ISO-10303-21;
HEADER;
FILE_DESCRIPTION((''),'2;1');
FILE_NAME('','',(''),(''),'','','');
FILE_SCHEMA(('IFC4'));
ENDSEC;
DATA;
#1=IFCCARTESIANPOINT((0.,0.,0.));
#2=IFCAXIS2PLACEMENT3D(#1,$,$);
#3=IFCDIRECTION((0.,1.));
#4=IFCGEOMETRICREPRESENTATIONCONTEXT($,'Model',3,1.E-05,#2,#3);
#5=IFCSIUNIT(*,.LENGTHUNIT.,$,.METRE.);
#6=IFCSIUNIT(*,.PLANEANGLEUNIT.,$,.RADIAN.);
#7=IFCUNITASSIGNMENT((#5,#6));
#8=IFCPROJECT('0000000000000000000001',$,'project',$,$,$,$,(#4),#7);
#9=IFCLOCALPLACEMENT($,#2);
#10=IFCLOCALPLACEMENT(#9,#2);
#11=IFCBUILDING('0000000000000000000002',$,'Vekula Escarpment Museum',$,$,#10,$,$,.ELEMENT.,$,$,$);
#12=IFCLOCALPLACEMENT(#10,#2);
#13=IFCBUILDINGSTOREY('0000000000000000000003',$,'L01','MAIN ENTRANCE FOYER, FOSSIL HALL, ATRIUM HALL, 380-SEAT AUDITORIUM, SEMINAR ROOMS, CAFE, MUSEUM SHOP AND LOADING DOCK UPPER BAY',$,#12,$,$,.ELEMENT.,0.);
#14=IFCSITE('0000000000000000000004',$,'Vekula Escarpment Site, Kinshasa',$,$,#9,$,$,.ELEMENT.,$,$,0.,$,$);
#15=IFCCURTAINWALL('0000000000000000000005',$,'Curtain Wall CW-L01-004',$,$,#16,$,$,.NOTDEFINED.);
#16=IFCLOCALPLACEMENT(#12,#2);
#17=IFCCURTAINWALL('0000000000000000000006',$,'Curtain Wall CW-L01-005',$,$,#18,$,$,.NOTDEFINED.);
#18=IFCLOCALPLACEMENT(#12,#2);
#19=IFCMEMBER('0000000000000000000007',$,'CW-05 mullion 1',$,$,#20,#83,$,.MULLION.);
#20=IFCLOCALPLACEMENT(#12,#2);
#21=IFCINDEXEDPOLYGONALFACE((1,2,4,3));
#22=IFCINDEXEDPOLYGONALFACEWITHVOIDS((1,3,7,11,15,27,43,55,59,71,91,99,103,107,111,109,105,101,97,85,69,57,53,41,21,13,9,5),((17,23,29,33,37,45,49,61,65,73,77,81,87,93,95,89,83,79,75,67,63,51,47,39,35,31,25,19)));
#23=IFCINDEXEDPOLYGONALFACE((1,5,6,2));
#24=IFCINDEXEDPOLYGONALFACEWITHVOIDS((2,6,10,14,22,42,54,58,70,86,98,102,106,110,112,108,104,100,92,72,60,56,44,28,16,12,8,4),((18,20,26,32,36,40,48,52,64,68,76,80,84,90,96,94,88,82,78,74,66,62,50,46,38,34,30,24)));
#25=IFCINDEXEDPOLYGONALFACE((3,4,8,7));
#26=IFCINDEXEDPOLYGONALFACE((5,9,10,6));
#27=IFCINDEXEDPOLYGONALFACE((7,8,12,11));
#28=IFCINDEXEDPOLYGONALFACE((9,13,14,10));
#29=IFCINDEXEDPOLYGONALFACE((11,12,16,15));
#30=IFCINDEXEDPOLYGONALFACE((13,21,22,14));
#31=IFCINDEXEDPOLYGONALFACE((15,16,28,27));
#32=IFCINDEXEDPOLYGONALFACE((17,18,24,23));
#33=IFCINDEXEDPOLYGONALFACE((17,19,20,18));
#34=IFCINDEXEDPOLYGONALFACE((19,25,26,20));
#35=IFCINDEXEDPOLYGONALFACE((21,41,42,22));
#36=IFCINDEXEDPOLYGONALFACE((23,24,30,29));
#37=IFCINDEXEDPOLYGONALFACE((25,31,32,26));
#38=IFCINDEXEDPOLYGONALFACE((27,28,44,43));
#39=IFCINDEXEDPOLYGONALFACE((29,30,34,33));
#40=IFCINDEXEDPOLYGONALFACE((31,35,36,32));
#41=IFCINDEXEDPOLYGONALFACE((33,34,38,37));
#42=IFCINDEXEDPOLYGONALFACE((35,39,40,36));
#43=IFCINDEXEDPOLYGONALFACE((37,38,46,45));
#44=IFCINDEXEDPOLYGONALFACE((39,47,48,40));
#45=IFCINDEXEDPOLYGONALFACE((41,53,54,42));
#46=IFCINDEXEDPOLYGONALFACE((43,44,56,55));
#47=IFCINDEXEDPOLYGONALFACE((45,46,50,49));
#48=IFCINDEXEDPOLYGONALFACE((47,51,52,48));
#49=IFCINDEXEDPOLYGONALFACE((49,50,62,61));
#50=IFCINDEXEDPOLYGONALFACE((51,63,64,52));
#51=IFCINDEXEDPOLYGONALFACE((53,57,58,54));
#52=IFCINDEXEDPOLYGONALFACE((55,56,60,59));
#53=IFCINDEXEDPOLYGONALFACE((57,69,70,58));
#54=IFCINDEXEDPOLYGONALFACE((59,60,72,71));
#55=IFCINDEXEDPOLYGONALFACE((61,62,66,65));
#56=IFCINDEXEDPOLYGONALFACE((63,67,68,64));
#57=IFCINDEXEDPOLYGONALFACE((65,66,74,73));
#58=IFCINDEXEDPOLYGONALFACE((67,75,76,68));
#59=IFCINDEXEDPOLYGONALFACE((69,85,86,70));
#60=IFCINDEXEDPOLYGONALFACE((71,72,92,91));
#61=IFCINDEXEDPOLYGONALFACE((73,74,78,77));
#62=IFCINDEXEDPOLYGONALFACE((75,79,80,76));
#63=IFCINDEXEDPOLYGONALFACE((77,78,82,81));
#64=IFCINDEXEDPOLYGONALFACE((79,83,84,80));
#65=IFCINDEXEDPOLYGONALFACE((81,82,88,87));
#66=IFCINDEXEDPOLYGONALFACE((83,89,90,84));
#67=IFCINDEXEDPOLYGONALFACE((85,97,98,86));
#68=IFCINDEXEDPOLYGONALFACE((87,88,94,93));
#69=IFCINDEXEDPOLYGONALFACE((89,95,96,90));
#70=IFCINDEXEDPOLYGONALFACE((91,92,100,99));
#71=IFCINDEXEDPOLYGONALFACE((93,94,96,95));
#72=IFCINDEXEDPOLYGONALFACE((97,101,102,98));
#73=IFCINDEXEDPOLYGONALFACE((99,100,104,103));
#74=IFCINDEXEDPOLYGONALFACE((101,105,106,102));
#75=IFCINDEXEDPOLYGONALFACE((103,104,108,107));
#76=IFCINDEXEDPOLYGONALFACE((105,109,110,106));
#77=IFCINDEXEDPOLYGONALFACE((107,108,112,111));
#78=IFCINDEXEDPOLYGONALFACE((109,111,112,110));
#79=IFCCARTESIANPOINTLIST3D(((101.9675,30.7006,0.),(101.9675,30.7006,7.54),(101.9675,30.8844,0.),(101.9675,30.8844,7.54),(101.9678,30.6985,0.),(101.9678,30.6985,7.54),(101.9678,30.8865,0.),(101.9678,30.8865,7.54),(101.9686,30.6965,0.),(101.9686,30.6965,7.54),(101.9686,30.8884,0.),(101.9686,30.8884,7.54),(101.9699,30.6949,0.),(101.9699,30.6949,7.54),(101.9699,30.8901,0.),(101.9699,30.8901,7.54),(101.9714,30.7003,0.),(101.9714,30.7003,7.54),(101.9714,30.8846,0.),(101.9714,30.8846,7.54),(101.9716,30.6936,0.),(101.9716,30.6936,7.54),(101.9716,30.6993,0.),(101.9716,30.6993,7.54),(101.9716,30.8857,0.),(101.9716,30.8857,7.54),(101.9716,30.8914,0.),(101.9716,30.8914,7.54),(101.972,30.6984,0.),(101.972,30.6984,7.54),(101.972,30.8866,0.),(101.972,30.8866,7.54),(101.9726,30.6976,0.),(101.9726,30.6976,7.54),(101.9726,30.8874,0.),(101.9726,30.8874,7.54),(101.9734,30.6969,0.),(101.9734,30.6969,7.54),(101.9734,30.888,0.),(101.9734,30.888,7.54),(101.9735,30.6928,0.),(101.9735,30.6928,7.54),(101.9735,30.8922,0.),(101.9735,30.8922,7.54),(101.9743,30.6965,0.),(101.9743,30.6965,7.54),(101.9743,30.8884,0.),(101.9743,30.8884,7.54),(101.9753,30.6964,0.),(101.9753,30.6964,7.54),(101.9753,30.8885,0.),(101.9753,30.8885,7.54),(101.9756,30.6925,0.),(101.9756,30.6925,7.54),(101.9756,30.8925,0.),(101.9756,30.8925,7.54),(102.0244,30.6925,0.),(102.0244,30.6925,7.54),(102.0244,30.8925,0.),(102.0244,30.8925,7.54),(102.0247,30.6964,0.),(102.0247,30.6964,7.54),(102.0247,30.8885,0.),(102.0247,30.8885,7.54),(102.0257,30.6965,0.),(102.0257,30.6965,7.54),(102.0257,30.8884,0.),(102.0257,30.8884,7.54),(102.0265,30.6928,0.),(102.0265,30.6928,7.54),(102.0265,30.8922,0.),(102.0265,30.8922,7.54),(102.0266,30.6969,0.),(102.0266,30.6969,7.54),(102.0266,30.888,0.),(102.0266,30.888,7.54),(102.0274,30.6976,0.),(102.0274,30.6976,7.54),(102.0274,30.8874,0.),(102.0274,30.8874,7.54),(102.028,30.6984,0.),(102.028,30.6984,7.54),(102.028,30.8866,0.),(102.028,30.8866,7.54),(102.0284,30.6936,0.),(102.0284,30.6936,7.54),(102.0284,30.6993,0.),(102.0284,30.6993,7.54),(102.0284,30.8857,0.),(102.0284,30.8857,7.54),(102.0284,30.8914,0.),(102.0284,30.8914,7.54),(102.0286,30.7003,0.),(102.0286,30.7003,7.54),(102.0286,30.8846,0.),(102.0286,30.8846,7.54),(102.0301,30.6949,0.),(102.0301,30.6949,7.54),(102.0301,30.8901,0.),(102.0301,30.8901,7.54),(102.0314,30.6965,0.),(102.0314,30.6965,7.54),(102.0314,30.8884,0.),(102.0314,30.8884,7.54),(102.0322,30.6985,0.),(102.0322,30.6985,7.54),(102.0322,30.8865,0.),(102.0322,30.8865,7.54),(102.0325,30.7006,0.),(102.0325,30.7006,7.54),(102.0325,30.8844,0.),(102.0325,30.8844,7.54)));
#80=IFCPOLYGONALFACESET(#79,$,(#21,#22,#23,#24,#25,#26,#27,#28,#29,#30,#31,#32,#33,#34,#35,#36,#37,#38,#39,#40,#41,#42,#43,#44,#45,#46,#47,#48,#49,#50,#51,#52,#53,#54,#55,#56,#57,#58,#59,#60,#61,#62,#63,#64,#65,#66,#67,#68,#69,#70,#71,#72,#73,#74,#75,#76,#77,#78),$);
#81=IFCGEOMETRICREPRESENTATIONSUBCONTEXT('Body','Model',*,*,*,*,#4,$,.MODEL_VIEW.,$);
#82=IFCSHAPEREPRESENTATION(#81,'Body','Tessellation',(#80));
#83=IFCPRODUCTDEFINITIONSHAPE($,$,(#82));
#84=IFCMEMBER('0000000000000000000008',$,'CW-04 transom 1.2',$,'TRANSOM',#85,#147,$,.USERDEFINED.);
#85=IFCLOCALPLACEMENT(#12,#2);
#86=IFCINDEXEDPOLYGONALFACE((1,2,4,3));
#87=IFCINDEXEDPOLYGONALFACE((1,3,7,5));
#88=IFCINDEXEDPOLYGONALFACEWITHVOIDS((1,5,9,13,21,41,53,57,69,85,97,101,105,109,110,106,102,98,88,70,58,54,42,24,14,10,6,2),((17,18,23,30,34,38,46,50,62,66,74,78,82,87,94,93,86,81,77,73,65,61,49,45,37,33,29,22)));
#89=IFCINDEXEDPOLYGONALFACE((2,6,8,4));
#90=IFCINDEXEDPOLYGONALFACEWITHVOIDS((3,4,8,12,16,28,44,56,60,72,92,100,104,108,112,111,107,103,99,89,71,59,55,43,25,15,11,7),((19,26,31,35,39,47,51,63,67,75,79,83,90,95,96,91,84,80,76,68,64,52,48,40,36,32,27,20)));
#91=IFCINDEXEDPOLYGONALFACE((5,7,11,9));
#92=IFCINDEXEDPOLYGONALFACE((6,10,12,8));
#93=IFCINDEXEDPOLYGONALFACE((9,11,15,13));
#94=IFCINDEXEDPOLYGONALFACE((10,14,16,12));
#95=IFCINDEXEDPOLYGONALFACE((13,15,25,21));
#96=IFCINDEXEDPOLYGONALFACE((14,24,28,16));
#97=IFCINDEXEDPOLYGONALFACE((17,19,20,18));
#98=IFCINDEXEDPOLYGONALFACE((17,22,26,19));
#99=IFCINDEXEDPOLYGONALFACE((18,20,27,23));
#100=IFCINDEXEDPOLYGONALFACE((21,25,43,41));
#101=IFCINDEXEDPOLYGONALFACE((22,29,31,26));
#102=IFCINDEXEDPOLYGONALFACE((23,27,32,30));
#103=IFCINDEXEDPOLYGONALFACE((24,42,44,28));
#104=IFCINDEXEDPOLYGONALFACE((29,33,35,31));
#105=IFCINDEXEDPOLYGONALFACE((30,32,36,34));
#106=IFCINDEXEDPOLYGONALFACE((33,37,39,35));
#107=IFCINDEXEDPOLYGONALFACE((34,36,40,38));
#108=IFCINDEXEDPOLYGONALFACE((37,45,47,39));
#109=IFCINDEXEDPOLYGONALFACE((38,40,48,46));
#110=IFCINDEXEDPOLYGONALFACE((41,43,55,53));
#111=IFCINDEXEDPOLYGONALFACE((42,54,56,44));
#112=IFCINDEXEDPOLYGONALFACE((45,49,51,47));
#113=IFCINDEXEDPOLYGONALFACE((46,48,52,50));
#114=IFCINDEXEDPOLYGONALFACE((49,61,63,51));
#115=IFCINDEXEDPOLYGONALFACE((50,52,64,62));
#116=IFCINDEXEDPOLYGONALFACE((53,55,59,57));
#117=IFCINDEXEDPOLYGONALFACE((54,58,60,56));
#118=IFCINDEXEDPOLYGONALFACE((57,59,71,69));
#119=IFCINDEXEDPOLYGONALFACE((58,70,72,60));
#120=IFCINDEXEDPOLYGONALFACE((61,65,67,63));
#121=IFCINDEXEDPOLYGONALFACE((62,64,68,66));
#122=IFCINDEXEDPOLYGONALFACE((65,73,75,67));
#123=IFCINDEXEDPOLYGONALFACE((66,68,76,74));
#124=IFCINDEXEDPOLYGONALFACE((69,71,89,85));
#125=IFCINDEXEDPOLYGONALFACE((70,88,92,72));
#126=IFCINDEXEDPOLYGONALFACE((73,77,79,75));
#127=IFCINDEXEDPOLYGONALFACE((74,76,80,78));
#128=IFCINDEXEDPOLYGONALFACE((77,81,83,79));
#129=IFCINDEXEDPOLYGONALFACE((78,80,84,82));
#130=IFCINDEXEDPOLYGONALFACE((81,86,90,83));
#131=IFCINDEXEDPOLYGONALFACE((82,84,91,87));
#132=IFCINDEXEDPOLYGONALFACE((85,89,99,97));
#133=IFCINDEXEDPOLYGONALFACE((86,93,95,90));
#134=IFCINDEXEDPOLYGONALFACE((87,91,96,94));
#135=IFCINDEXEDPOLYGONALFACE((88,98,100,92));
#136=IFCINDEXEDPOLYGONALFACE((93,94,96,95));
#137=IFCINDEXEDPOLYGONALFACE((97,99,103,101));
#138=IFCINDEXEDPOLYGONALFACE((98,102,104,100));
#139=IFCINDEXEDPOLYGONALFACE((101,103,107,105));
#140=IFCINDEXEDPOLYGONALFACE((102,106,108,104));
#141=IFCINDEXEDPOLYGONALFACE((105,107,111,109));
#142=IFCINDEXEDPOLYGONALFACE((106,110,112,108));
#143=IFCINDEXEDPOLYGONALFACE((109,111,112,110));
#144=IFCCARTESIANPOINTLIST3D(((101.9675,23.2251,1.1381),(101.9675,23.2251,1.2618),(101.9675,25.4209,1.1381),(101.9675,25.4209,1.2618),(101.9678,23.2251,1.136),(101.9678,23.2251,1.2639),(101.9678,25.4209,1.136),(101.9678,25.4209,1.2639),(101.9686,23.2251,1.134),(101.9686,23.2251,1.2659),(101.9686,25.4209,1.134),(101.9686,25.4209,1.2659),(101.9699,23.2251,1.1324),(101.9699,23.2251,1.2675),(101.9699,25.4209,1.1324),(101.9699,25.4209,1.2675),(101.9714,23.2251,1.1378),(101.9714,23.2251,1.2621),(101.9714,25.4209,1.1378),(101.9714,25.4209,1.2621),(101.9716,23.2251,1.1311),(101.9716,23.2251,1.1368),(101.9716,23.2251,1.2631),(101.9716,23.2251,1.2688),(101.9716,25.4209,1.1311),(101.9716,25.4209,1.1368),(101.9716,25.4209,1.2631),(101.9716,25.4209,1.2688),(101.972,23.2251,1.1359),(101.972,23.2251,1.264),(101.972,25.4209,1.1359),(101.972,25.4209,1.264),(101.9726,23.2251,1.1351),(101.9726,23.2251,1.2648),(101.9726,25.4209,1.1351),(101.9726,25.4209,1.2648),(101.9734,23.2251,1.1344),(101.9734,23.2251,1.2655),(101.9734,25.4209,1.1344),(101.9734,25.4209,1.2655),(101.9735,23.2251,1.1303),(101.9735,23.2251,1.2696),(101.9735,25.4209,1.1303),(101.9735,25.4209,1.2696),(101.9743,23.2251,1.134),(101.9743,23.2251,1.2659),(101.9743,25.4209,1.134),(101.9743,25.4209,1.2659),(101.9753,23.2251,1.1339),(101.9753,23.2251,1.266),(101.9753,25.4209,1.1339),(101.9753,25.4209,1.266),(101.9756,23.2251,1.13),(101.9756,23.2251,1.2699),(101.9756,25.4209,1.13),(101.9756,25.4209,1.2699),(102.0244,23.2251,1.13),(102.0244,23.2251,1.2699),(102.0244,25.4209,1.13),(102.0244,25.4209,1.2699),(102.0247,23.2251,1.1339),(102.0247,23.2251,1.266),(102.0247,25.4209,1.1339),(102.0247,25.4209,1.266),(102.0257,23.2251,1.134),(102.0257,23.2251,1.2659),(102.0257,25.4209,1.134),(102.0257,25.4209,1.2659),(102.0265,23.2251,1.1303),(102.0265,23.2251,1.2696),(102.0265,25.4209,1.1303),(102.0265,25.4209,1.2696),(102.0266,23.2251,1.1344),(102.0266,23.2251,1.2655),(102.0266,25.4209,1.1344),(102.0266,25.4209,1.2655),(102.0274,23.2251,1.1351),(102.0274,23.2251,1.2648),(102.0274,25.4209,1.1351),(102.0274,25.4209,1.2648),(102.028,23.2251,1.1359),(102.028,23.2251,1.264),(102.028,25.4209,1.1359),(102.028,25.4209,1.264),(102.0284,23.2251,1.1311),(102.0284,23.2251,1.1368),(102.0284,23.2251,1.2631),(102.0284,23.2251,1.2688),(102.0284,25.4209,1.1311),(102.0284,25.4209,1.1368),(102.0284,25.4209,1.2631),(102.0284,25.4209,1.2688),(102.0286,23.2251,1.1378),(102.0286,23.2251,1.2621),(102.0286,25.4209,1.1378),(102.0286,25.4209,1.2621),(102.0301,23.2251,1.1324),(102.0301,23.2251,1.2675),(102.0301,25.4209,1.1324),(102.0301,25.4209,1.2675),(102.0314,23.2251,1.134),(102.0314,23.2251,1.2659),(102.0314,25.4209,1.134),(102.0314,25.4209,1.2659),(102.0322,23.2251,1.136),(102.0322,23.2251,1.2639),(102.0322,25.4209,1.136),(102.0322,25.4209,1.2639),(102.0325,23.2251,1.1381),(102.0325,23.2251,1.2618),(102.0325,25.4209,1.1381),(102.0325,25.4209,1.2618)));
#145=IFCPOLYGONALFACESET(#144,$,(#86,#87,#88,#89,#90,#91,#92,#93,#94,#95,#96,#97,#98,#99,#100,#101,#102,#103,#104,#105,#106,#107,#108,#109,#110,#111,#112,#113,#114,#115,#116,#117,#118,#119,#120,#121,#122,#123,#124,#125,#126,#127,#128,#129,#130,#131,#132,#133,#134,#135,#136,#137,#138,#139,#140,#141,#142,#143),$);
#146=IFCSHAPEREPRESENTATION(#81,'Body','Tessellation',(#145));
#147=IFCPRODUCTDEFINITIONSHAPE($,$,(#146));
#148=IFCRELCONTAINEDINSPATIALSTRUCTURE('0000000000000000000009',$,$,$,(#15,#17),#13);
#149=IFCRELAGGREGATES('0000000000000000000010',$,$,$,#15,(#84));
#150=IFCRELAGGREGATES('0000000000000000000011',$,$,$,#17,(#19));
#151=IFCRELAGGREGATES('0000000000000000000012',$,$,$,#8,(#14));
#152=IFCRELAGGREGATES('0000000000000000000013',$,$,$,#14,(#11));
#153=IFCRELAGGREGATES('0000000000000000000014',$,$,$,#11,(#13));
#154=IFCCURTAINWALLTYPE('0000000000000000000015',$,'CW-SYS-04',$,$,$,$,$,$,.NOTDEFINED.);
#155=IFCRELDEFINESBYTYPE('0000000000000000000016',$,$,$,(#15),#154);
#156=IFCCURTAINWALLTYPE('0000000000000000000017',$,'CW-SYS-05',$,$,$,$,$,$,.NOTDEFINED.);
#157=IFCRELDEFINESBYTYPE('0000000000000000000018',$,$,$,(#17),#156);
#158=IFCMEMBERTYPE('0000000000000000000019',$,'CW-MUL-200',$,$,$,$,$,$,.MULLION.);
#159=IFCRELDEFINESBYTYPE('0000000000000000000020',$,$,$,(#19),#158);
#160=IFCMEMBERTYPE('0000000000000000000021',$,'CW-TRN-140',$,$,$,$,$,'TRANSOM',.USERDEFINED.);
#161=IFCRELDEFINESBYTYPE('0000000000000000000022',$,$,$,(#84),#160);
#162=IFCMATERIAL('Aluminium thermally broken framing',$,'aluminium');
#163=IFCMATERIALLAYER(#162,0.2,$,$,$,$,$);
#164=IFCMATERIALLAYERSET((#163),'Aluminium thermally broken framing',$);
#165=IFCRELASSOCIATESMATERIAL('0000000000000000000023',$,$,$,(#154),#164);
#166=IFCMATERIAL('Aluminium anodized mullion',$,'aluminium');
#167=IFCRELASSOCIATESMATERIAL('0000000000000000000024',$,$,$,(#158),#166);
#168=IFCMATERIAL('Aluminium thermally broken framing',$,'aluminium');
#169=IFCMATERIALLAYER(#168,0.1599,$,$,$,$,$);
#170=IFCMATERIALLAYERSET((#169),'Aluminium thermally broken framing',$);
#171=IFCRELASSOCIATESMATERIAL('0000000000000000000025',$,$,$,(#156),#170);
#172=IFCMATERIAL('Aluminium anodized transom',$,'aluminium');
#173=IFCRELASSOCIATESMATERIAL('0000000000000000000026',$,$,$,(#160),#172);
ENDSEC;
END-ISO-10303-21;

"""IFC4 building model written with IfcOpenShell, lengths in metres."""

from ifc_helpers import new_model, si_unit, direction, frame, origin, origin_2d, place, context, subcontext, project, spatial, hollow_rectangle, extrude, material, layer, layer_set, material_profile, profile_set, type_object, element, aggregate, save


model = new_model("IFC4")

# Units and contexts
model_context = context("Model", 3, precision=1e-05, world=origin(), true_north=direction((0.0, 1.0)))
body_context = subcontext(model_context, "Body", "Model", "MODEL_VIEW")
ifc_project = project(units=[si_unit("LENGTHUNIT", "METRE"), si_unit("PLANEANGLEUNIT", "RADIAN")], contexts=[model_context])

# Site, building, storey
site_placement = place(None, origin())
site = spatial("IfcSite", under=ifc_project, at=site_placement, Name="Vekula Escarpment Site, Kinshasa", CompositionType="ELEMENT", RefElevation=0.0)
building_placement = place(site_placement, origin())
building = spatial("IfcBuilding", under=site, at=building_placement, Name="Vekula Escarpment Museum", CompositionType="ELEMENT")
storey_placement = place(building_placement, origin())
storey = spatial("IfcBuildingStorey", under=building, at=storey_placement, Name="L01", Description="MAIN ENTRANCE FOYER, FOSSIL HALL, ATRIUM HALL, 380-SEAT AUDITORIUM, SEMINAR ROOMS, CAFE, MUSEUM SHOP AND LOADING DOCK UPPER BAY", CompositionType="ELEMENT", Elevation=0.0)

# Curtain wall
ifc_material_1 = material(Name="Aluminium thermally broken framing", Category="aluminium")
ifc_layer_1 = layer(ifc_material_1, 0.2)
ifc_layer_set_1 = layer_set([ifc_layer_1], Name="Aluminium thermally broken framing")
curtain_wall_type_1 = type_object("IfcCurtainWallType", Name="CW-SYS-04", PredefinedType="NOTDEFINED", material=ifc_layer_set_1)
curtain_wall_1_placement = place(storey_placement, origin())
curtain_wall_1 = element("IfcCurtainWall", 1, at=curtain_wall_1_placement, inside=storey, type_object=curtain_wall_type_1, Name="Curtain Wall CW-L01-004", PredefinedType="NOTDEFINED")
ifc_material_2 = material(Name="Aluminium anodized mullion", Category="aluminium")
ifc_material_profile_1 = material_profile(ifc_material_2, hollow_rectangle(XDim=0.0649, YDim=0.2, WallThickness=0.0039, InnerFilletRadius=0.0039, OuterFilletRadius=0.0081, at=origin_2d()), Name="ALU 200x65x4")
ifc_profile_set_1 = profile_set([ifc_material_profile_1], Name="Aluminium anodized mullion")
member_type_1 = type_object("IfcMemberType", Name="CW-MUL-200", PredefinedType="MULLION", material=ifc_profile_set_1)

# Curtain wall, member
ifc_material_3 = material(Name="Aluminium thermally broken framing", Category="aluminium")
ifc_layer_2 = layer(ifc_material_3, 0.1599)
ifc_layer_set_2 = layer_set([ifc_layer_2], Name="Aluminium thermally broken framing")
curtain_wall_type_2 = type_object("IfcCurtainWallType", Name="CW-SYS-05", PredefinedType="NOTDEFINED", material=ifc_layer_set_2)
curtain_wall_2_placement = place(storey_placement, origin())
curtain_wall_2 = element("IfcCurtainWall", 2, at=curtain_wall_2_placement, inside=storey, type_object=curtain_wall_type_2, Name="Curtain Wall CW-L01-005", PredefinedType="NOTDEFINED")
member_1_placement = place(storey_placement, frame((102.0, 30.7925, 0.0), z_axis=(0.0, 0.0, 1.0), x_axis=(-1.0, 0.0, 0.0)))
member_1 = element("IfcMember", 3, at=member_1_placement, type_object=member_type_1, Name="CW-05 mullion 1", PredefinedType="MULLION", context=body_context, shape_type="SweptSolid", body=[
    extrude(hollow_rectangle(XDim=0.0649, YDim=0.2, WallThickness=0.0039, InnerFilletRadius=0.0039, OuterFilletRadius=0.0081, at=origin_2d()), origin(), (0.0, 0.0, 1.0), 7.54),
])

# Member
ifc_material_4 = material(Name="Aluminium anodized transom", Category="aluminium")
ifc_material_profile_2 = material_profile(ifc_material_4, hollow_rectangle(XDim=0.0649, YDim=0.1399, WallThickness=0.0039, InnerFilletRadius=0.0039, OuterFilletRadius=0.0081, at=origin_2d()), Name="ALU 140x65x4")
ifc_profile_set_2 = profile_set([ifc_material_profile_2], Name="Aluminium anodized transom")
member_type_2 = type_object("IfcMemberType", Name="CW-TRN-140", ElementType="TRANSOM", PredefinedType="USERDEFINED", material=ifc_profile_set_2)
member_2_placement = place(storey_placement, frame((102.0, 23.2251, 1.2), z_axis=(0.0, 1.0, 0.0), x_axis=(-1.0, 0.0, 0.0)))
member_2 = element("IfcMember", 4, at=member_2_placement, type_object=member_type_2, Name="CW-04 transom 1.2", ObjectType="TRANSOM", PredefinedType="USERDEFINED", context=body_context, shape_type="SweptSolid", body=[
    extrude(hollow_rectangle(XDim=0.0649, YDim=0.1399, WallThickness=0.0039, InnerFilletRadius=0.0039, OuterFilletRadius=0.0081, at=origin_2d()), origin(), (0.0, 0.0, 1.0), 2.1958),
])

aggregate(curtain_wall_1, [member_2])
aggregate(curtain_wall_2, [member_1])

save(model, "model.ifc")
